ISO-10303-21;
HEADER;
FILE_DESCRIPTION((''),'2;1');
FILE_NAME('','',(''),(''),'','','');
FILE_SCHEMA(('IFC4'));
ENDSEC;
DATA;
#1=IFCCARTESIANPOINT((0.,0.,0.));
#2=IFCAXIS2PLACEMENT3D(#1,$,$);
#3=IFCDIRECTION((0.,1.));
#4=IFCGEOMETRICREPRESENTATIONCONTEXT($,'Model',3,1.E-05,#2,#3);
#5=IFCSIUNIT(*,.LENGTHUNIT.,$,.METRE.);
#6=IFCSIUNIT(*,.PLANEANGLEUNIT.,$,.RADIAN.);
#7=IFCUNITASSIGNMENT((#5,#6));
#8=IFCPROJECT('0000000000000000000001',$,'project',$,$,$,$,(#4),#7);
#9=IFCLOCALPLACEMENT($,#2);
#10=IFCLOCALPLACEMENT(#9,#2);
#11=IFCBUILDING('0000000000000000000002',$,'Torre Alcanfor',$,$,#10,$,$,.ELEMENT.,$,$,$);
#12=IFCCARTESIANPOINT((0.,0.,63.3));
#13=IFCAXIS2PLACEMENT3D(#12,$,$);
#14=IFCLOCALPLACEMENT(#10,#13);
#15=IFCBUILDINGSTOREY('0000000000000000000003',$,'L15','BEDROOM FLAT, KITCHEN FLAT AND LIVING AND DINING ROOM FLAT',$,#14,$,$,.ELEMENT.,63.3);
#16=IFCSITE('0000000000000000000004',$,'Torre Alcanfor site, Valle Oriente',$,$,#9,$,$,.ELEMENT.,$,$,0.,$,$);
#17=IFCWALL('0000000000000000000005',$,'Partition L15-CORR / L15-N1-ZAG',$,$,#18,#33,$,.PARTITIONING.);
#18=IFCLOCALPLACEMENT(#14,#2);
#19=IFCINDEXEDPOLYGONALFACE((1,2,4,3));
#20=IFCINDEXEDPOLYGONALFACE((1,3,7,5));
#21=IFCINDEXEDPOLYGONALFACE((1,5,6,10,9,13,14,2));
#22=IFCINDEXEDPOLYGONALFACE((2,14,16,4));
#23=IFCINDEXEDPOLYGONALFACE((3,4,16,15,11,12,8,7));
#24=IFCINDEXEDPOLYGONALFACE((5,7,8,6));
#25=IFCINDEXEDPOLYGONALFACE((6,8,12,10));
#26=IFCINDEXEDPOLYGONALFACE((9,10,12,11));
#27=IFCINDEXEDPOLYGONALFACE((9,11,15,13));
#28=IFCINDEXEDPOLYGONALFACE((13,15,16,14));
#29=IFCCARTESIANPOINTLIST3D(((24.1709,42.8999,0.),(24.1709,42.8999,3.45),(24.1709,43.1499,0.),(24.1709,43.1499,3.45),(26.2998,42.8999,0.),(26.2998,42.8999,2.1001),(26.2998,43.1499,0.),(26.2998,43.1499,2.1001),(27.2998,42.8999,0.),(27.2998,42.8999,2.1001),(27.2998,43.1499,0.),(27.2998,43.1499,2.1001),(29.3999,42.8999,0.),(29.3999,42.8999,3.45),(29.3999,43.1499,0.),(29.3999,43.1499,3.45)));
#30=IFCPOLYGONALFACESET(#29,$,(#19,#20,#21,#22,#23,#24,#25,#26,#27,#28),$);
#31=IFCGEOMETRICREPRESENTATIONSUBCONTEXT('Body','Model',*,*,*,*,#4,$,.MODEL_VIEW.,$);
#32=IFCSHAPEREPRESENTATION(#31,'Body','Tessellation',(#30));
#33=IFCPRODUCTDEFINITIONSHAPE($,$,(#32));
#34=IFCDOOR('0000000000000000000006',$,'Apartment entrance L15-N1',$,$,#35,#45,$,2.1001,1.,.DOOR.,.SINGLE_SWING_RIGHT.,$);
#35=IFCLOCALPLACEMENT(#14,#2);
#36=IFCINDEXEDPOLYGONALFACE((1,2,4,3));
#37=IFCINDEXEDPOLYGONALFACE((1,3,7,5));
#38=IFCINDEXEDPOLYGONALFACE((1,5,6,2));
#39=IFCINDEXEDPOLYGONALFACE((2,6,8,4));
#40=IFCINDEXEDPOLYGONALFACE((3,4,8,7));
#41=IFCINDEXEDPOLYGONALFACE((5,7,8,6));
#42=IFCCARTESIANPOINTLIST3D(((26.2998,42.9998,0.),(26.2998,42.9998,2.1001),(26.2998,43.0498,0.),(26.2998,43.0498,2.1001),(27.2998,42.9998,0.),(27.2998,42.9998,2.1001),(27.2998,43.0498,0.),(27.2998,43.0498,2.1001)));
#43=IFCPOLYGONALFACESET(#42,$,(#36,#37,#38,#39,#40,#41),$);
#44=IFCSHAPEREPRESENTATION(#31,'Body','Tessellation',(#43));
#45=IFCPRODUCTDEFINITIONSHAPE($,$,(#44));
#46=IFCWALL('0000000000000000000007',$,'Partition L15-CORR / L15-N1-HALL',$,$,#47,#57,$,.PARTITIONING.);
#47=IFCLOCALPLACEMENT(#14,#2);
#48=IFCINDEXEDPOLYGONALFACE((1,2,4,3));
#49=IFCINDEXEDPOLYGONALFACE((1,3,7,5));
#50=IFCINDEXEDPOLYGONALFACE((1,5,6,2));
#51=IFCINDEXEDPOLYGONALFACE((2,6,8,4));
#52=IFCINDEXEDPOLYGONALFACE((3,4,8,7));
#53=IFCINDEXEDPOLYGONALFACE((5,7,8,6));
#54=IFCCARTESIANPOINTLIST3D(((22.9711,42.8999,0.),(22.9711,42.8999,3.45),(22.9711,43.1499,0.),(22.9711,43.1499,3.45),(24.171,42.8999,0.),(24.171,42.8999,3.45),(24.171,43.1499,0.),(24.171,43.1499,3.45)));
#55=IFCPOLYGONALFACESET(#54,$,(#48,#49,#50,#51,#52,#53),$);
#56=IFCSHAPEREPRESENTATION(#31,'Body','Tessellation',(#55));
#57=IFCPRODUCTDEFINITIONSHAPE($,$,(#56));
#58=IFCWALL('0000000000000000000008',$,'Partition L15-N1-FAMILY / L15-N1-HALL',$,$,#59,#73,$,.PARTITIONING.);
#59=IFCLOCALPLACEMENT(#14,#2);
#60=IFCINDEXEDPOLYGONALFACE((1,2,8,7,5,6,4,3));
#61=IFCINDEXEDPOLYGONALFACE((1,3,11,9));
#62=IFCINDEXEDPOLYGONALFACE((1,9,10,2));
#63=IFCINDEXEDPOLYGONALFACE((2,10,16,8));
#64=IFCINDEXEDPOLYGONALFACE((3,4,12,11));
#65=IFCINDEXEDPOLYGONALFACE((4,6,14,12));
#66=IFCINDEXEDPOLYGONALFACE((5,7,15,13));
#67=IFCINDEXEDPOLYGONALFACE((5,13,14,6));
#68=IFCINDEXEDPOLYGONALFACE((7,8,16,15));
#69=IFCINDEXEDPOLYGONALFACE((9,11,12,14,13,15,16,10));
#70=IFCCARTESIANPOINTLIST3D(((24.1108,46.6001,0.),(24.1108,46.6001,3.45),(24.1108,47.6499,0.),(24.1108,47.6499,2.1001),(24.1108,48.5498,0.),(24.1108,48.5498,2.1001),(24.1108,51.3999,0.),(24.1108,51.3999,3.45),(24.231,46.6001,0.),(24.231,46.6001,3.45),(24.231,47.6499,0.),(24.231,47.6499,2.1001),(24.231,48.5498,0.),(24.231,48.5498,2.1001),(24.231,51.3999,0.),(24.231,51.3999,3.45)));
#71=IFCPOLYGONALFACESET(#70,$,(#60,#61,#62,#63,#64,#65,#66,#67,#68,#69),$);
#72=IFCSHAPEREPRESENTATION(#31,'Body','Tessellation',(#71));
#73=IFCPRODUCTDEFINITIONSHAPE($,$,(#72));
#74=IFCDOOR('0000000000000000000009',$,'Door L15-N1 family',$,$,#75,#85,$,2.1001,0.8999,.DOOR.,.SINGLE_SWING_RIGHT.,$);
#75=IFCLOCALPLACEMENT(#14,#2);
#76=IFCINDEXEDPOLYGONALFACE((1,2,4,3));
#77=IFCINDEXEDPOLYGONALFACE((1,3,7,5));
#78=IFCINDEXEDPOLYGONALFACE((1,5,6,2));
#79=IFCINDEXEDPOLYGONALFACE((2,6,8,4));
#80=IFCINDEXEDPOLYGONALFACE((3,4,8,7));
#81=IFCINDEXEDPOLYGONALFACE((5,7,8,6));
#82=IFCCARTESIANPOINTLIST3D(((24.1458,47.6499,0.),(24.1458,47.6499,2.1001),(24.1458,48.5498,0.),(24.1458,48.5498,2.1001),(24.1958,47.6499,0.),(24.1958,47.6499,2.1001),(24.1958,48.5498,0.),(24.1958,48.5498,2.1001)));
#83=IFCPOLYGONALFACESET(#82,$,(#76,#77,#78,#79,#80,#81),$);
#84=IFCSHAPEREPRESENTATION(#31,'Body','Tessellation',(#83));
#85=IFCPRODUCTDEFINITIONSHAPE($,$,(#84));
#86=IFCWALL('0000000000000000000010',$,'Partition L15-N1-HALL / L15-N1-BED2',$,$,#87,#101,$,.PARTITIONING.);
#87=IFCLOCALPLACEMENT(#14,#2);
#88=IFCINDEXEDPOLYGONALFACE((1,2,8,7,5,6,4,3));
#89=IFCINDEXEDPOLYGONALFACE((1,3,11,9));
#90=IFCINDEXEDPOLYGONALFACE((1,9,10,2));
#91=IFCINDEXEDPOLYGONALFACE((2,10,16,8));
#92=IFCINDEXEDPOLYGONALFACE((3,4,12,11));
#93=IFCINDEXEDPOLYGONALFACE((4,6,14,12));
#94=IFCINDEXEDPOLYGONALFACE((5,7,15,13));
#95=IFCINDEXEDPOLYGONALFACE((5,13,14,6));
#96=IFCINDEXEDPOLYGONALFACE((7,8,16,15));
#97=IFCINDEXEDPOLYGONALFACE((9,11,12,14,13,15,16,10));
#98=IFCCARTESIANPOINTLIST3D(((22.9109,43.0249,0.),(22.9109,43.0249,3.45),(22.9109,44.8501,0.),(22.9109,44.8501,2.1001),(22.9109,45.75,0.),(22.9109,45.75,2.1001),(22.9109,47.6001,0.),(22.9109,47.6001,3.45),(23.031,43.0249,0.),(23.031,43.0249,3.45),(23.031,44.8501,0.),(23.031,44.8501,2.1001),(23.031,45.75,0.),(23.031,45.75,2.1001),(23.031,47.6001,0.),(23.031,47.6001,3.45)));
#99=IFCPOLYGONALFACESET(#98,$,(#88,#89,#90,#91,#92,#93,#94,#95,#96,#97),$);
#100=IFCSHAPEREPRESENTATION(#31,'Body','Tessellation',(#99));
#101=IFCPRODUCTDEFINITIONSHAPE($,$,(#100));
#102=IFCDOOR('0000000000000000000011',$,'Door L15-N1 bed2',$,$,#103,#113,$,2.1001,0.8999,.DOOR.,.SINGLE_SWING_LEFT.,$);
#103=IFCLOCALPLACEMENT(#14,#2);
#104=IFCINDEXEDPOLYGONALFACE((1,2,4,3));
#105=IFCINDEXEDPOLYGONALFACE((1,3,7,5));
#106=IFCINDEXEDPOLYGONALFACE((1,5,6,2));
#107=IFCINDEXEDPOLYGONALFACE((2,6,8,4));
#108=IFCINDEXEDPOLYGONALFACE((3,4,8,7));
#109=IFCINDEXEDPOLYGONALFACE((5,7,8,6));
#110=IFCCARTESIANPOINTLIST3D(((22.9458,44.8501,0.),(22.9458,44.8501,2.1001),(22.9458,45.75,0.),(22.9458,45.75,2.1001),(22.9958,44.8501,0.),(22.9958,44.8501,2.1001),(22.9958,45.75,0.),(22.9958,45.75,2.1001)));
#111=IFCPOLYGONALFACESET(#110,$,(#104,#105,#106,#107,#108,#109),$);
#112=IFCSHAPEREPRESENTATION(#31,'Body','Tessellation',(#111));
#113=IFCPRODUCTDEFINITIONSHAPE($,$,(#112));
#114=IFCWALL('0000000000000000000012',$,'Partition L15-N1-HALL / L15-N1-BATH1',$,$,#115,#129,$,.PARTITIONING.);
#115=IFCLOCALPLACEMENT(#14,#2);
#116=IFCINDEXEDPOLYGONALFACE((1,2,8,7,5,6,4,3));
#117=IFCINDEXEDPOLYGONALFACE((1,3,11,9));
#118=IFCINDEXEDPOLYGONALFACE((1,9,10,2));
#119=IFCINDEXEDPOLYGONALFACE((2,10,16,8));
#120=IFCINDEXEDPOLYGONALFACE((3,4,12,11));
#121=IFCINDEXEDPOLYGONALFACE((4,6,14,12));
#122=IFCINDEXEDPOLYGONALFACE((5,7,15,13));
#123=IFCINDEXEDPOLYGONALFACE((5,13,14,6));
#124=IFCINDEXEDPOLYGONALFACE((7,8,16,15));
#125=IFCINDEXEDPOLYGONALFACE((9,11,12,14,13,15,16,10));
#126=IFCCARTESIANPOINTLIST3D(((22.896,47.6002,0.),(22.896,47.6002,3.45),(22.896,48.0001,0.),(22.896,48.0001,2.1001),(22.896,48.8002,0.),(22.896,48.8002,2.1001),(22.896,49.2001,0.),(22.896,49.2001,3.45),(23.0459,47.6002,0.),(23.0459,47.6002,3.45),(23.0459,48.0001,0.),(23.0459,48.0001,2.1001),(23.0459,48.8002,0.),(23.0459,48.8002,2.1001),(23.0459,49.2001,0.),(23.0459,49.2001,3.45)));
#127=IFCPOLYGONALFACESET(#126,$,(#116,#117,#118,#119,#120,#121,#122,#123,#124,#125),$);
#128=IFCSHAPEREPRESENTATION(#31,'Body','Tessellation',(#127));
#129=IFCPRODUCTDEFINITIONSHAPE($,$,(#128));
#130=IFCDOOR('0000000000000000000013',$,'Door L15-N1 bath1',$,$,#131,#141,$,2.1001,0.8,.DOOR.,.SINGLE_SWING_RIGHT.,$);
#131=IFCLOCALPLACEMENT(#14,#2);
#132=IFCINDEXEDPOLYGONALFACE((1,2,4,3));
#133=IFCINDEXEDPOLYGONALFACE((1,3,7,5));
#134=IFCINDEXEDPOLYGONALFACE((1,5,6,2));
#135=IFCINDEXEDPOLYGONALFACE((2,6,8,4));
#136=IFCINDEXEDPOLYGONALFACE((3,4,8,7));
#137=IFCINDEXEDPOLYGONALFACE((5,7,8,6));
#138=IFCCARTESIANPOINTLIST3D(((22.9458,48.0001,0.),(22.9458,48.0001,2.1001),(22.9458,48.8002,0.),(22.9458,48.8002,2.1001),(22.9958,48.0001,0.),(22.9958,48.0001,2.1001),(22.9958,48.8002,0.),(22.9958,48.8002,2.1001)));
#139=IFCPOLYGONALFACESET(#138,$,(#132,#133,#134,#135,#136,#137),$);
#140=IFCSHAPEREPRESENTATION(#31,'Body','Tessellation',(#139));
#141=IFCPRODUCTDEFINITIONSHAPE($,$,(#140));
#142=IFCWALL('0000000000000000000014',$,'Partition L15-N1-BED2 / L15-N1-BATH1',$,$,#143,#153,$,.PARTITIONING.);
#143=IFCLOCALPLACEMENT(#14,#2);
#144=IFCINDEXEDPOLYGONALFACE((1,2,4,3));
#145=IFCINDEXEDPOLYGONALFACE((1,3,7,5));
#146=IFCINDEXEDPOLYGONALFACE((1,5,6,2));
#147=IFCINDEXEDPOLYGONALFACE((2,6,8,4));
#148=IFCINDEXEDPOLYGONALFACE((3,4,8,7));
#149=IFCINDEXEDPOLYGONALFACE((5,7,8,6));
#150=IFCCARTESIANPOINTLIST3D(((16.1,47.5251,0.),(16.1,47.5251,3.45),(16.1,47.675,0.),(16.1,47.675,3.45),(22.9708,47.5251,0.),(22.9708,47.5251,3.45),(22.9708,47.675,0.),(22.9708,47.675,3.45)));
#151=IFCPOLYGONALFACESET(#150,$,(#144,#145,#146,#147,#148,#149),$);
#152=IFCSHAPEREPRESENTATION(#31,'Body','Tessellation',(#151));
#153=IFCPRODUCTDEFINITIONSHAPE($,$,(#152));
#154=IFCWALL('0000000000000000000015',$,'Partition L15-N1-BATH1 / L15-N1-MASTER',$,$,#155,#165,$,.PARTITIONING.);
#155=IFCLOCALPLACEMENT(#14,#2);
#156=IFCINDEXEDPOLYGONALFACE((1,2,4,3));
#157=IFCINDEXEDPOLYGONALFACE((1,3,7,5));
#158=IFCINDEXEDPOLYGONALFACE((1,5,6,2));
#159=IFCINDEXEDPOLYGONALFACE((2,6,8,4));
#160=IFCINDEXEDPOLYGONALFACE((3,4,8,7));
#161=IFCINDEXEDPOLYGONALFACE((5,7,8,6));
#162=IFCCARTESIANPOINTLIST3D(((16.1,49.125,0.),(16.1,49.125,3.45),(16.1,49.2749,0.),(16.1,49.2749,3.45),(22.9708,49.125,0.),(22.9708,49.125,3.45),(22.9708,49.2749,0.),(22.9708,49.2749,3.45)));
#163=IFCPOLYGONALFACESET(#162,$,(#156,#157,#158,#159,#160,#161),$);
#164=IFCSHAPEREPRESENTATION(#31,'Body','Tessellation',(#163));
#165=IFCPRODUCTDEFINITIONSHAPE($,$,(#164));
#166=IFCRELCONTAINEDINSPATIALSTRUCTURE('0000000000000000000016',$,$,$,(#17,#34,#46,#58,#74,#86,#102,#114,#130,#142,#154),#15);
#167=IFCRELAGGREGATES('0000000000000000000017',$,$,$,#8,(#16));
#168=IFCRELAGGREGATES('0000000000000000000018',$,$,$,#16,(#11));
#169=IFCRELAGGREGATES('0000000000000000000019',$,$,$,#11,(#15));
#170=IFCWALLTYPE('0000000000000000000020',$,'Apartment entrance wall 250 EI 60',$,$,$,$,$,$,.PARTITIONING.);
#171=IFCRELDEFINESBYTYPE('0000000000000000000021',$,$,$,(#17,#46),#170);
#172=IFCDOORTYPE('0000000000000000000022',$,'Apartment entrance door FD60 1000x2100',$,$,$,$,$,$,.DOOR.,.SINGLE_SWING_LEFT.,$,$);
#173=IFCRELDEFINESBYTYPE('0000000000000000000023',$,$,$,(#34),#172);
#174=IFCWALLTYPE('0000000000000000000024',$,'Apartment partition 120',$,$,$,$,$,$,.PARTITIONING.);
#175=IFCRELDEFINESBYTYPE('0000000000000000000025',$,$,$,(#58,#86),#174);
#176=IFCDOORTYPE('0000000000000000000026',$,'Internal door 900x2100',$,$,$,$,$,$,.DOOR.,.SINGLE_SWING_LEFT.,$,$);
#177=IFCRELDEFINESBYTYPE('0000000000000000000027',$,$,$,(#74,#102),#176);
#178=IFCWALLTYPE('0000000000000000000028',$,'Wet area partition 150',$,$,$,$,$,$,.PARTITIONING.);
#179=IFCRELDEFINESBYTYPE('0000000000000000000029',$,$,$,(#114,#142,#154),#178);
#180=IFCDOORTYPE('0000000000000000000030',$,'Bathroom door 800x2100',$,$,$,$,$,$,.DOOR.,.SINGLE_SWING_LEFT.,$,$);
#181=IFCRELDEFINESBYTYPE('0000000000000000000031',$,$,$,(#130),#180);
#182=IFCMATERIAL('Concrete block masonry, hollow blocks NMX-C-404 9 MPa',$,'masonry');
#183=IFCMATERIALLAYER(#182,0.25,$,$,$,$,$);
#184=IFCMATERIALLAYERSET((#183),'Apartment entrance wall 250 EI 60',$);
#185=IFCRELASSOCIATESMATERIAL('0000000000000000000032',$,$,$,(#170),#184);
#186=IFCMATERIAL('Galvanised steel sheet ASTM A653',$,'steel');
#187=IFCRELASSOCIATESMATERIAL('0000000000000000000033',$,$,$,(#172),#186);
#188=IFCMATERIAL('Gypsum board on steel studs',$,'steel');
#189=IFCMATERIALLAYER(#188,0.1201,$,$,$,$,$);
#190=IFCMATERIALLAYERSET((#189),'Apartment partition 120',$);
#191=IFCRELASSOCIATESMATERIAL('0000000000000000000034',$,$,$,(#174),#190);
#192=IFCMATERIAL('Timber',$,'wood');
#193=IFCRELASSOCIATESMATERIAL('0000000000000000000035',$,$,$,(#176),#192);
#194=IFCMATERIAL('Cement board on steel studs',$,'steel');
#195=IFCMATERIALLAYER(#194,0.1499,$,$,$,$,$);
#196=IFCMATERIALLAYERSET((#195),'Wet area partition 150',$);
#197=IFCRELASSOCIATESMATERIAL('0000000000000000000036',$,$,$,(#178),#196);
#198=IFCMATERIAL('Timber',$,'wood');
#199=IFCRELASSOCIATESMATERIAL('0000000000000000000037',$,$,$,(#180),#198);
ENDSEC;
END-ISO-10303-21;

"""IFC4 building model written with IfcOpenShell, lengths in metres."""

from ifc_helpers import new_model, si_unit, direction, frame, frame_2d, origin, place, context, subcontext, project, spatial, rectangle, extrude, material, layer, layer_set, type_object, element, fill, save


model = new_model("IFC4")

# Units and contexts
model_context = context("Model", 3, precision=1e-05, world=origin(), true_north=direction((0.0, 1.0)))
body_context = subcontext(model_context, "Body", "Model", "MODEL_VIEW")
ifc_project = project(units=[si_unit("LENGTHUNIT", "METRE"), si_unit("PLANEANGLEUNIT", "RADIAN")], contexts=[model_context])

# Site, building, storey
site_placement = place(None, origin())
site = spatial("IfcSite", under=ifc_project, at=site_placement, Name="Torre Alcanfor site, Valle Oriente", CompositionType="ELEMENT", RefElevation=0.0)
building_placement = place(site_placement, origin())
building = spatial("IfcBuilding", under=site, at=building_placement, Name="Torre Alcanfor", CompositionType="ELEMENT")
storey_placement = place(building_placement, frame((0.0, 0.0, 63.3)))
storey = spatial("IfcBuildingStorey", under=building, at=storey_placement, Name="L15", Description="BEDROOM FLAT, KITCHEN FLAT AND LIVING AND DINING ROOM FLAT", CompositionType="ELEMENT", Elevation=63.3)

# Wall, opening, door
ifc_material_1 = material(Name="Concrete block masonry, hollow blocks NMX-C-404 9 MPa", Category="masonry")
ifc_layer_1 = layer(ifc_material_1, 0.25)
ifc_layer_set_1 = layer_set([ifc_layer_1], Name="Apartment entrance wall 250 EI 60")
wall_type_1 = type_object("IfcWallType", Name="Apartment entrance wall 250 EI 60", PredefinedType="PARTITIONING", material=ifc_layer_set_1)
wall_1_placement = place(storey_placement, frame((24.1709, 43.0249, 0.0), z_axis=(0.0, 0.0, 1.0), x_axis=(1.0, 0.0, 0.0)))
wall_1 = element("IfcWall", 1, at=wall_1_placement, inside=storey, type_object=wall_type_1, Name="Partition L15-CORR / L15-N1-ZAG", PredefinedType="PARTITIONING", context=body_context, shape_type="SweptSolid", body=[
    extrude(rectangle(XDim=5.229, YDim=0.25, at=frame_2d((2.6145, 0.0))), origin(), (0.0, 0.0, 1.0), 3.45),
])
opening_1_placement = place(wall_1_placement, frame((2.1289, 0.0, 0.0)))
opening_1 = element("IfcOpeningElement", 2, at=opening_1_placement, cuts=wall_1, PredefinedType="OPENING", context=body_context, shape_type="SweptSolid", body=[
    extrude(rectangle(XDim=1.0, YDim=2.1001, at=frame_2d((0.5, 1.05))), frame((0.0, 0.135, 0.0), z_axis=(0.0, -1.0, 0.0), x_axis=(1.0, 0.0, 0.0)), (0.0, 0.0, 1.0), 0.27),
])
ifc_material_2 = material(Name="Galvanised steel sheet ASTM A653", Category="steel")
door_type_1 = type_object("IfcDoorType", Name="Apartment entrance door FD60 1000x2100", OperationType="SINGLE_SWING_LEFT", PredefinedType="DOOR", material=ifc_material_2)
door_1_placement = place(opening_1_placement, origin())
door_1 = element("IfcDoor", 3, at=door_1_placement, inside=storey, type_object=door_type_1, Name="Apartment entrance L15-N1", OperationType="SINGLE_SWING_RIGHT", OverallHeight=2.1001, OverallWidth=1.0, PredefinedType="DOOR", context=body_context, shape_type="SweptSolid", body=[
    extrude(rectangle(XDim=1.0, YDim=2.1001, at=frame_2d((0.5, 1.05))), frame((0.0, 0.0249, 0.0), z_axis=(0.0, -1.0, 0.0), x_axis=(1.0, 0.0, 0.0)), (0.0, 0.0, 1.0), 0.05),
])
fill(opening_1, door_1)

# Wall
wall_2_placement = place(storey_placement, frame((22.9709, 43.0249, 0.0), z_axis=(0.0, 0.0, 1.0), x_axis=(1.0, 0.0, 0.0)))
element("IfcWall", 4, at=wall_2_placement, inside=storey, type_object=wall_type_1, Name="Partition L15-CORR / L15-N1-HALL", PredefinedType="PARTITIONING", context=body_context, shape_type="SweptSolid", body=[
    extrude(rectangle(XDim=1.2, YDim=0.25, at=frame_2d((0.6001, 0.0))), origin(), (0.0, 0.0, 1.0), 3.45),
])

# Walls, openings, doors
ifc_material_3 = material(Name="Gypsum board on steel studs", Category="steel")
ifc_layer_2 = layer(ifc_material_3, 0.1201)
ifc_layer_set_2 = layer_set([ifc_layer_2], Name="Apartment partition 120")
wall_type_2 = type_object("IfcWallType", Name="Apartment partition 120", PredefinedType="PARTITIONING", material=ifc_layer_set_2)
wall_3_placement = place(storey_placement, frame((24.1709, 51.3999, 0.0), z_axis=(0.0, 0.0, 1.0), x_axis=(0.0, -1.0, 0.0)))
wall_3 = element("IfcWall", 5, at=wall_3_placement, inside=storey, type_object=wall_type_2, Name="Partition L15-N1-FAMILY / L15-N1-HALL", PredefinedType="PARTITIONING", context=body_context, shape_type="SweptSolid", body=[
    extrude(rectangle(XDim=4.7998, YDim=0.1201, at=frame_2d((2.3999, 0.0))), origin(), (0.0, 0.0, 1.0), 3.45),
])
opening_2_placement = place(wall_3_placement, frame((2.8501, 0.0, 0.0)))
opening_2 = element("IfcOpeningElement", 6, at=opening_2_placement, cuts=wall_3, PredefinedType="OPENING", context=body_context, shape_type="SweptSolid", body=[
    extrude(rectangle(XDim=0.8999, YDim=2.1001, at=frame_2d((0.45, 1.05))), frame((0.0, 0.0701, 0.0), z_axis=(0.0, -1.0, 0.0), x_axis=(1.0, 0.0, 0.0)), (0.0, 0.0, 1.0), 0.1401),
])
ifc_material_4 = material(Name="Timber", Category="wood")
door_type_2 = type_object("IfcDoorType", Name="Internal door 900x2100", OperationType="SINGLE_SWING_LEFT", PredefinedType="DOOR", material=ifc_material_4)
door_2_placement = place(opening_2_placement, origin())
door_2 = element("IfcDoor", 7, at=door_2_placement, inside=storey, type_object=door_type_2, Name="Door L15-N1 family", OperationType="SINGLE_SWING_RIGHT", OverallHeight=2.1001, OverallWidth=0.8999, PredefinedType="DOOR", context=body_context, shape_type="SweptSolid", body=[
    extrude(rectangle(XDim=0.8999, YDim=2.1001, at=frame_2d((0.45, 1.05))), frame((0.0, 0.0249, 0.0), z_axis=(0.0, -1.0, 0.0), x_axis=(1.0, 0.0, 0.0)), (0.0, 0.0, 1.0), 0.05),
])
fill(opening_2, door_2)
wall_4_placement = place(storey_placement, frame((22.9709, 47.6001, 0.0), z_axis=(0.0, 0.0, 1.0), x_axis=(0.0, -1.0, 0.0)))
wall_4 = element("IfcWall", 8, at=wall_4_placement, inside=storey, type_object=wall_type_2, Name="Partition L15-N1-HALL / L15-N1-BED2", PredefinedType="PARTITIONING", context=body_context, shape_type="SweptSolid", body=[
    extrude(rectangle(XDim=4.5752, YDim=0.1201, at=frame_2d((2.2876, 0.0))), origin(), (0.0, 0.0, 1.0), 3.45),
])
opening_3_placement = place(wall_4_placement, frame((1.8501, 0.0, 0.0)))
opening_3 = element("IfcOpeningElement", 9, at=opening_3_placement, cuts=wall_4, PredefinedType="OPENING", context=body_context, shape_type="SweptSolid", body=[
    extrude(rectangle(XDim=0.8999, YDim=2.1001, at=frame_2d((0.45, 1.05))), frame((0.0, 0.0701, 0.0), z_axis=(0.0, -1.0, 0.0), x_axis=(1.0, 0.0, 0.0)), (0.0, 0.0, 1.0), 0.1401),
])
door_3_placement = place(opening_3_placement, frame((0.8999, 0.0, 0.0), z_axis=(0.0, 0.0, 1.0), x_axis=(-1.0, 0.0, 0.0)))
door_3 = element("IfcDoor", 10, at=door_3_placement, inside=storey, type_object=door_type_2, Name="Door L15-N1 bed2", OperationType="SINGLE_SWING_LEFT", OverallHeight=2.1001, OverallWidth=0.8999, PredefinedType="DOOR", context=body_context, shape_type="SweptSolid", body=[
    extrude(rectangle(XDim=0.8999, YDim=2.1001, at=frame_2d((0.45, 1.05))), frame((0.0, 0.0251, 0.0), z_axis=(0.0, -1.0, 0.0), x_axis=(1.0, 0.0, 0.0)), (0.0, 0.0, 1.0), 0.05),
])
fill(opening_3, door_3)
ifc_material_5 = material(Name="Cement board on steel studs", Category="steel")
ifc_layer_3 = layer(ifc_material_5, 0.1499)
ifc_layer_set_3 = layer_set([ifc_layer_3], Name="Wet area partition 150")
wall_type_3 = type_object("IfcWallType", Name="Wet area partition 150", PredefinedType="PARTITIONING", material=ifc_layer_set_3)
wall_5_placement = place(storey_placement, frame((22.9709, 49.2, 0.0), z_axis=(0.0, 0.0, 1.0), x_axis=(0.0, -1.0, 0.0)))
wall_5 = element("IfcWall", 11, at=wall_5_placement, inside=storey, type_object=wall_type_3, Name="Partition L15-N1-HALL / L15-N1-BATH1", PredefinedType="PARTITIONING", context=body_context, shape_type="SweptSolid", body=[
    extrude(rectangle(XDim=1.5999, YDim=0.1499, at=frame_2d((0.7998, 0.0))), origin(), (0.0, 0.0, 1.0), 3.45),
])
opening_4_placement = place(wall_5_placement, frame((0.3999, 0.0, 0.0)))
opening_4 = element("IfcOpeningElement", 12, at=opening_4_placement, cuts=wall_5, PredefinedType="OPENING", context=body_context, shape_type="SweptSolid", body=[
    extrude(rectangle(XDim=0.8, YDim=2.1001, at=frame_2d((0.3999, 1.05))), frame((0.0, 0.085, 0.0), z_axis=(0.0, -1.0, 0.0), x_axis=(1.0, 0.0, 0.0)), (0.0, 0.0, 1.0), 0.1699),
])
ifc_material_6 = material(Name="Timber", Category="wood")
door_type_3 = type_object("IfcDoorType", Name="Bathroom door 800x2100", OperationType="SINGLE_SWING_LEFT", PredefinedType="DOOR", material=ifc_material_6)
door_4_placement = place(opening_4_placement, frame((0.8, 0.0, 0.0), z_axis=(0.0, 0.0, 1.0), x_axis=(-1.0, 0.0, 0.0)))
door_4 = element("IfcDoor", 13, at=door_4_placement, inside=storey, type_object=door_type_3, Name="Door L15-N1 bath1", OperationType="SINGLE_SWING_RIGHT", OverallHeight=2.1001, OverallWidth=0.8, PredefinedType="DOOR", context=body_context, shape_type="SweptSolid", body=[
    extrude(rectangle(XDim=0.8, YDim=2.1001, at=frame_2d((0.4001, 1.05))), frame((0.0, 0.0251, 0.0), z_axis=(0.0, -1.0, 0.0), x_axis=(1.0, 0.0, 0.0)), (0.0, 0.0, 1.0), 0.05),
])
fill(opening_4, door_4)

# Walls
for number, where, z_axis, x_axis, name in (
    (14, (22.9709, 47.6001, 0.0), (0.0, 0.0, 1.0), (-1.0, 0.0, 0.0), "Partition L15-N1-BED2 / L15-N1-BATH1"),
    (15, (22.9709, 49.2, 0.0), (0.0, 0.0, 1.0), (-1.0, 0.0, 0.0), "Partition L15-N1-BATH1 / L15-N1-MASTER"),
):
    element("IfcWall", number, at=place(storey_placement, frame(where, z_axis=z_axis, x_axis=x_axis)), inside=storey, type_object=wall_type_3, Name=name, PredefinedType="PARTITIONING", context=body_context, shape_type="SweptSolid", body=[
        extrude(rectangle(XDim=6.8708, YDim=0.1499, at=frame_2d((3.4355, 0.0))), origin(), (0.0, 0.0, 1.0), 3.45),
    ])

save(model, "model.ifc")
